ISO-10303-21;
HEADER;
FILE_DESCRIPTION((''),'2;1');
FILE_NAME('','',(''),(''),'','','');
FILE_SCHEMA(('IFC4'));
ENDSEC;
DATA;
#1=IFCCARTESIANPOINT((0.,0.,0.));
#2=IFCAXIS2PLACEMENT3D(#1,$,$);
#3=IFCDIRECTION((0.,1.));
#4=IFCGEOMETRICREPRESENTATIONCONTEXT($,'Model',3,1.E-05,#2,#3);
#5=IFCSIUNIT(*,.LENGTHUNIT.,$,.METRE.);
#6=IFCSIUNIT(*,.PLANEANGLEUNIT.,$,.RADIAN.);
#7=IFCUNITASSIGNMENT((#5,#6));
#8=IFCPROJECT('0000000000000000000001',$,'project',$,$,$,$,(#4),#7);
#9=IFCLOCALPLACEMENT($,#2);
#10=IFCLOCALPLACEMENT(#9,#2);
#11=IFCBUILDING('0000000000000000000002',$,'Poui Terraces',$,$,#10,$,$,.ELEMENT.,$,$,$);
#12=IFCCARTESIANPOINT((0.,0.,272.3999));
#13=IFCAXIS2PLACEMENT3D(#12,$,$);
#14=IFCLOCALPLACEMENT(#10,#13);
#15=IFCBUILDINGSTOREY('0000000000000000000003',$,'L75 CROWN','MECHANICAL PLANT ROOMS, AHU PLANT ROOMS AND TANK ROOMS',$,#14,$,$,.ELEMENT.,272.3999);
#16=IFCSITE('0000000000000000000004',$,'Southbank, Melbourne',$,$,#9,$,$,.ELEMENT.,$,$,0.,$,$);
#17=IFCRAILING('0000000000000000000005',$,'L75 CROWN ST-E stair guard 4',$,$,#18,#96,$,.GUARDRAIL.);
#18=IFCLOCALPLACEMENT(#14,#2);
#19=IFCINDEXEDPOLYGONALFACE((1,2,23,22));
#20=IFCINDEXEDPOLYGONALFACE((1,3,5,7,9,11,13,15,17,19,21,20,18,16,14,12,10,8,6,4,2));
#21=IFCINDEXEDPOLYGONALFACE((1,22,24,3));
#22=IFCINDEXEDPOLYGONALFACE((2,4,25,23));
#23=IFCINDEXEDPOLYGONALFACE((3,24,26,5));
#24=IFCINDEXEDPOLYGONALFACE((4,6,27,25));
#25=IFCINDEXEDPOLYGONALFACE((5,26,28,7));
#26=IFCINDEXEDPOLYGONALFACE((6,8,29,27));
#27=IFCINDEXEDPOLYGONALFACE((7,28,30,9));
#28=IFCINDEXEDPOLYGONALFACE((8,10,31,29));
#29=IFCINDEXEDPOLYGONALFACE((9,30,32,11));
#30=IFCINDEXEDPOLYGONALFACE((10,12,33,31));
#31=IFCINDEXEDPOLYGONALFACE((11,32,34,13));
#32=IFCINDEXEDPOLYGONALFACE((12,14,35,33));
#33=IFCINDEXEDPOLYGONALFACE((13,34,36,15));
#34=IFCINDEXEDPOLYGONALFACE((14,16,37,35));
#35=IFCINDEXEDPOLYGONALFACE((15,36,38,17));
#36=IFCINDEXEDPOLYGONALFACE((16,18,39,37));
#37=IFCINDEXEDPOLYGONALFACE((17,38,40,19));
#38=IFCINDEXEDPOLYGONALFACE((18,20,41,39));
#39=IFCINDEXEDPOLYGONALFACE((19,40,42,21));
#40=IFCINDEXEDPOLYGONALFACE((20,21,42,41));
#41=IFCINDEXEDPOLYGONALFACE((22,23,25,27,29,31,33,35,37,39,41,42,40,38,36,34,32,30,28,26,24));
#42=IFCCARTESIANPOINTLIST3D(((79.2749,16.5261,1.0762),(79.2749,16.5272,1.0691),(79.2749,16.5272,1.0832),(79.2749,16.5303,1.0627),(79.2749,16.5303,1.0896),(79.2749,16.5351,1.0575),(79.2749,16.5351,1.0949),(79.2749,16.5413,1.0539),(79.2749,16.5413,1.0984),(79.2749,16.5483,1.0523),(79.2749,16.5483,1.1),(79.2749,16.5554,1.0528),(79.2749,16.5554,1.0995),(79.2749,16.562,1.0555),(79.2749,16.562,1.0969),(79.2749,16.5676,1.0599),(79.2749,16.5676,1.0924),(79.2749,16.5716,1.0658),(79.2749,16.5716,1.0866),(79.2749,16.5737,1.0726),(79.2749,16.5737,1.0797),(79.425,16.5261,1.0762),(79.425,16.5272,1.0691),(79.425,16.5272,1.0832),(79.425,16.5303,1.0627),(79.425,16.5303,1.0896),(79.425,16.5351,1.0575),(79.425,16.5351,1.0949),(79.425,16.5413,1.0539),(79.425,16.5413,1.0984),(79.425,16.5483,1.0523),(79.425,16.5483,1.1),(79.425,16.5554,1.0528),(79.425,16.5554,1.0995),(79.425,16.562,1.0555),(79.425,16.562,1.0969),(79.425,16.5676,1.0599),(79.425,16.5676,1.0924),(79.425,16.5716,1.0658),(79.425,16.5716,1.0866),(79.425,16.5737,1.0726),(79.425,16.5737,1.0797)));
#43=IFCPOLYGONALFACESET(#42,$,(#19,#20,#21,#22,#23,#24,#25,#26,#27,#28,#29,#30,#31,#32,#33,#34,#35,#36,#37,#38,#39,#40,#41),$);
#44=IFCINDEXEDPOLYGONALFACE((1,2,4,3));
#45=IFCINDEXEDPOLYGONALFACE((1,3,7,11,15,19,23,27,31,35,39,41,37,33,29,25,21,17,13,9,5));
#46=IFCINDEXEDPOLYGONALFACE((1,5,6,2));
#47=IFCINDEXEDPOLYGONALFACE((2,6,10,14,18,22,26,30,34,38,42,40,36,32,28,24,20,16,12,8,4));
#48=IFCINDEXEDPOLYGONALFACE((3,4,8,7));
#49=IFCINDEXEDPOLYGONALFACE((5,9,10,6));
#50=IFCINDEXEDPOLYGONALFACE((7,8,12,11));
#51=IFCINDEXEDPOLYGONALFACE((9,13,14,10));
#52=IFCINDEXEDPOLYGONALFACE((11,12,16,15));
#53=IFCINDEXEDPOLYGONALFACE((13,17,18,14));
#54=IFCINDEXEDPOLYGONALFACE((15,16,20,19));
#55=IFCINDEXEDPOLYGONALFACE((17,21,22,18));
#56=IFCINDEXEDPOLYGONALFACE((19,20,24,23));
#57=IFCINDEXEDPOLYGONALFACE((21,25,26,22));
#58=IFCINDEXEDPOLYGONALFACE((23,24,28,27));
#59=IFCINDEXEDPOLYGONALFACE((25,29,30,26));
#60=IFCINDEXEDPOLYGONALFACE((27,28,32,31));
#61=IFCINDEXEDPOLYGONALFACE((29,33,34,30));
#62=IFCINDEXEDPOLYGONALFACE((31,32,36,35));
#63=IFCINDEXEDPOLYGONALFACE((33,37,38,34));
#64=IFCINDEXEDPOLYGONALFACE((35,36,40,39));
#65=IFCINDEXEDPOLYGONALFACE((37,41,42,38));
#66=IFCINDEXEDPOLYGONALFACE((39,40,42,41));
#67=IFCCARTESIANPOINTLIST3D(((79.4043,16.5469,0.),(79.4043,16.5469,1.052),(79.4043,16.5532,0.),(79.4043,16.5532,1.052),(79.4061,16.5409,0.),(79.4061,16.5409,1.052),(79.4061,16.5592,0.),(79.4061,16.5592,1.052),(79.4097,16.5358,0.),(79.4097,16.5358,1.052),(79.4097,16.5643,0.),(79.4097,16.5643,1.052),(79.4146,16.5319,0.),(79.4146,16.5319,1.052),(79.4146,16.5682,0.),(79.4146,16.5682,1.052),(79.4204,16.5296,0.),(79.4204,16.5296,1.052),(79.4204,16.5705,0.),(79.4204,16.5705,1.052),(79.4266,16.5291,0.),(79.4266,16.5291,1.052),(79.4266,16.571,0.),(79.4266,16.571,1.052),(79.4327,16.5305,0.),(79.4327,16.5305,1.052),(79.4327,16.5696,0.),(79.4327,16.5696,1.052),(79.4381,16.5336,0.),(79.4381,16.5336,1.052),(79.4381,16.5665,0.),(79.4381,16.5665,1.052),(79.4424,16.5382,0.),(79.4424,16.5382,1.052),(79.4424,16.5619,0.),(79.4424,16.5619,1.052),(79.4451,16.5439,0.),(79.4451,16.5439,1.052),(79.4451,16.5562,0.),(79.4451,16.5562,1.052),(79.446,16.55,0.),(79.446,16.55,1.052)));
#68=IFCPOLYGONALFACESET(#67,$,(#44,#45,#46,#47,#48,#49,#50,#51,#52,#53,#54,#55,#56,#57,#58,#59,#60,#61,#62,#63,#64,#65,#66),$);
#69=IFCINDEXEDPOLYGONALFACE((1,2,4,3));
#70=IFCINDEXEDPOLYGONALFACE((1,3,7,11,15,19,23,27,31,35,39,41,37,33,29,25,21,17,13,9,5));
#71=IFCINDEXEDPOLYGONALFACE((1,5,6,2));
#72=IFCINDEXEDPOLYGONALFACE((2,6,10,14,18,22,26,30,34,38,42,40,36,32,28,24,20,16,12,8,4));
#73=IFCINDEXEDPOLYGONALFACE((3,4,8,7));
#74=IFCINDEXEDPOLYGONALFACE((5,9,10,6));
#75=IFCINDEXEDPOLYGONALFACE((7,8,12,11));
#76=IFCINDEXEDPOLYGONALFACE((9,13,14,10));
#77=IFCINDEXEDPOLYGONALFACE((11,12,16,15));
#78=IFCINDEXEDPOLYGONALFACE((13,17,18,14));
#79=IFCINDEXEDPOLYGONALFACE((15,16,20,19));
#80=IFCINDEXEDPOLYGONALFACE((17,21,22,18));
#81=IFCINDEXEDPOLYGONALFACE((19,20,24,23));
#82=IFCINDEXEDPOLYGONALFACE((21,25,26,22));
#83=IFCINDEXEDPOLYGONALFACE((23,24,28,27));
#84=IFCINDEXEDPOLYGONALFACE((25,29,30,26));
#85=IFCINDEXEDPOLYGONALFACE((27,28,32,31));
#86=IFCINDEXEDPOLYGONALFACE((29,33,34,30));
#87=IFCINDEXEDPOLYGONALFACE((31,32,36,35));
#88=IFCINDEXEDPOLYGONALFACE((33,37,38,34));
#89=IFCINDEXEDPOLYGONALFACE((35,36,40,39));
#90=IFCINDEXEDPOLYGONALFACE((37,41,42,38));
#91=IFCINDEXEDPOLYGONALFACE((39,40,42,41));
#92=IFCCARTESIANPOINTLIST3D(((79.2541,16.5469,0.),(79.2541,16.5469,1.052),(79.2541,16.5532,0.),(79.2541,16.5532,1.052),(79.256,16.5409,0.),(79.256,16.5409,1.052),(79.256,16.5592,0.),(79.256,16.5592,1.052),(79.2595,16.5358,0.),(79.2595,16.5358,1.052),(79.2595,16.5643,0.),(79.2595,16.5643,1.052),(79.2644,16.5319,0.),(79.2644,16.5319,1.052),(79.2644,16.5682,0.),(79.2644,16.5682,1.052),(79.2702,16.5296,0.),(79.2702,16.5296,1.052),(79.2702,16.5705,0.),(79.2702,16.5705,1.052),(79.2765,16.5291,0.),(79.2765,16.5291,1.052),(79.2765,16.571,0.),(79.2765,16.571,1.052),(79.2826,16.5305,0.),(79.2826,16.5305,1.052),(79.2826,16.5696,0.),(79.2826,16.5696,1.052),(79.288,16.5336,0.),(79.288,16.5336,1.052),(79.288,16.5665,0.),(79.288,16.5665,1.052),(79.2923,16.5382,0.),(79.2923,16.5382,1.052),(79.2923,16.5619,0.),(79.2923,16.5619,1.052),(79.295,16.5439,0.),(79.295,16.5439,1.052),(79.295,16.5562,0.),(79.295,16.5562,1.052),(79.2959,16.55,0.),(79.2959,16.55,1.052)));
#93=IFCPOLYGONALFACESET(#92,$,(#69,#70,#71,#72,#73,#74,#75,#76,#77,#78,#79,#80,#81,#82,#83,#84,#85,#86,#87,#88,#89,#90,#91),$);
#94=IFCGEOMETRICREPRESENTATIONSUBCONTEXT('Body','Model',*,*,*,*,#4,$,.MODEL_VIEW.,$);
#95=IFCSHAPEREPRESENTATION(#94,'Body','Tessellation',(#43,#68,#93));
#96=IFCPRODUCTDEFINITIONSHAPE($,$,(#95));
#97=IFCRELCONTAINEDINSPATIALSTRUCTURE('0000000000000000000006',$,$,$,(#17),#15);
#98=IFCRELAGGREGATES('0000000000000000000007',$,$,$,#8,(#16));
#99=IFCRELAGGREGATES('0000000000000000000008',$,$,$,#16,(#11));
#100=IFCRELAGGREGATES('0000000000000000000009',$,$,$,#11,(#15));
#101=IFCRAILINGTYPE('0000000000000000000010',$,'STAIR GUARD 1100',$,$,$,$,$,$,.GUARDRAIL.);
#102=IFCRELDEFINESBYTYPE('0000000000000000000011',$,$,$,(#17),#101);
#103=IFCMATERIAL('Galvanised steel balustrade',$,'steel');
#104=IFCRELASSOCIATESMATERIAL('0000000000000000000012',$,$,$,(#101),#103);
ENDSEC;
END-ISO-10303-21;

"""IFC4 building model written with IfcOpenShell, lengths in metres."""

from ifc_helpers import new_model, si_unit, direction, frame, origin, origin_2d, place, context, subcontext, project, spatial, circle, extrude, material, type_object, element, save


model = new_model("IFC4")

# Units and contexts
model_context = context("Model", 3, precision=1e-05, world=origin(), true_north=direction((0.0, 1.0)))
body_context = subcontext(model_context, "Body", "Model", "MODEL_VIEW")
ifc_project = project(units=[si_unit("LENGTHUNIT", "METRE"), si_unit("PLANEANGLEUNIT", "RADIAN")], contexts=[model_context])

# Site, building, storey
site_placement = place(None, origin())
site = spatial("IfcSite", under=ifc_project, at=site_placement, Name="Southbank, Melbourne", CompositionType="ELEMENT", RefElevation=0.0)
building_placement = place(site_placement, origin())
building = spatial("IfcBuilding", under=site, at=building_placement, Name="Poui Terraces", CompositionType="ELEMENT")
storey_placement = place(building_placement, frame((0.0, 0.0, 272.3999)))
storey = spatial("IfcBuildingStorey", under=building, at=storey_placement, Name="L75 CROWN", Description="MECHANICAL PLANT ROOMS, AHU PLANT ROOMS AND TANK ROOMS", CompositionType="ELEMENT", Elevation=272.3999)

# Railing
ifc_material_1 = material(Name="Galvanised steel balustrade", Category="steel")
railing_type_1 = type_object("IfcRailingType", Name="STAIR GUARD 1100", PredefinedType="GUARDRAIL", material=ifc_material_1)
railing_1_placement = place(storey_placement, frame((79.425, 16.55, 0.0)))
element("IfcRailing", 1, at=railing_1_placement, inside=storey, type_object=railing_type_1, Name="L75 CROWN ST-E stair guard 4", PredefinedType="GUARDRAIL", context=body_context, shape_type="SweptSolid", body=[
    extrude(circle(Radius=0.0239, at=origin_2d()), frame((0.0, 0.0, 1.0762), z_axis=(-1.0, 0.0, 0.0), x_axis=(0.0, -1.0, 0.0)), (0.0, 0.0, 1.0), 0.1501),
    extrude(circle(Radius=0.021, at=origin_2d()), origin(), (0.0, 0.0, 1.0), 1.052),
    extrude(circle(Radius=0.021, at=origin_2d()), frame((-0.1501, 0.0, 0.0)), (0.0, 0.0, 1.0), 1.052),
])

save(model, "model.ifc")
